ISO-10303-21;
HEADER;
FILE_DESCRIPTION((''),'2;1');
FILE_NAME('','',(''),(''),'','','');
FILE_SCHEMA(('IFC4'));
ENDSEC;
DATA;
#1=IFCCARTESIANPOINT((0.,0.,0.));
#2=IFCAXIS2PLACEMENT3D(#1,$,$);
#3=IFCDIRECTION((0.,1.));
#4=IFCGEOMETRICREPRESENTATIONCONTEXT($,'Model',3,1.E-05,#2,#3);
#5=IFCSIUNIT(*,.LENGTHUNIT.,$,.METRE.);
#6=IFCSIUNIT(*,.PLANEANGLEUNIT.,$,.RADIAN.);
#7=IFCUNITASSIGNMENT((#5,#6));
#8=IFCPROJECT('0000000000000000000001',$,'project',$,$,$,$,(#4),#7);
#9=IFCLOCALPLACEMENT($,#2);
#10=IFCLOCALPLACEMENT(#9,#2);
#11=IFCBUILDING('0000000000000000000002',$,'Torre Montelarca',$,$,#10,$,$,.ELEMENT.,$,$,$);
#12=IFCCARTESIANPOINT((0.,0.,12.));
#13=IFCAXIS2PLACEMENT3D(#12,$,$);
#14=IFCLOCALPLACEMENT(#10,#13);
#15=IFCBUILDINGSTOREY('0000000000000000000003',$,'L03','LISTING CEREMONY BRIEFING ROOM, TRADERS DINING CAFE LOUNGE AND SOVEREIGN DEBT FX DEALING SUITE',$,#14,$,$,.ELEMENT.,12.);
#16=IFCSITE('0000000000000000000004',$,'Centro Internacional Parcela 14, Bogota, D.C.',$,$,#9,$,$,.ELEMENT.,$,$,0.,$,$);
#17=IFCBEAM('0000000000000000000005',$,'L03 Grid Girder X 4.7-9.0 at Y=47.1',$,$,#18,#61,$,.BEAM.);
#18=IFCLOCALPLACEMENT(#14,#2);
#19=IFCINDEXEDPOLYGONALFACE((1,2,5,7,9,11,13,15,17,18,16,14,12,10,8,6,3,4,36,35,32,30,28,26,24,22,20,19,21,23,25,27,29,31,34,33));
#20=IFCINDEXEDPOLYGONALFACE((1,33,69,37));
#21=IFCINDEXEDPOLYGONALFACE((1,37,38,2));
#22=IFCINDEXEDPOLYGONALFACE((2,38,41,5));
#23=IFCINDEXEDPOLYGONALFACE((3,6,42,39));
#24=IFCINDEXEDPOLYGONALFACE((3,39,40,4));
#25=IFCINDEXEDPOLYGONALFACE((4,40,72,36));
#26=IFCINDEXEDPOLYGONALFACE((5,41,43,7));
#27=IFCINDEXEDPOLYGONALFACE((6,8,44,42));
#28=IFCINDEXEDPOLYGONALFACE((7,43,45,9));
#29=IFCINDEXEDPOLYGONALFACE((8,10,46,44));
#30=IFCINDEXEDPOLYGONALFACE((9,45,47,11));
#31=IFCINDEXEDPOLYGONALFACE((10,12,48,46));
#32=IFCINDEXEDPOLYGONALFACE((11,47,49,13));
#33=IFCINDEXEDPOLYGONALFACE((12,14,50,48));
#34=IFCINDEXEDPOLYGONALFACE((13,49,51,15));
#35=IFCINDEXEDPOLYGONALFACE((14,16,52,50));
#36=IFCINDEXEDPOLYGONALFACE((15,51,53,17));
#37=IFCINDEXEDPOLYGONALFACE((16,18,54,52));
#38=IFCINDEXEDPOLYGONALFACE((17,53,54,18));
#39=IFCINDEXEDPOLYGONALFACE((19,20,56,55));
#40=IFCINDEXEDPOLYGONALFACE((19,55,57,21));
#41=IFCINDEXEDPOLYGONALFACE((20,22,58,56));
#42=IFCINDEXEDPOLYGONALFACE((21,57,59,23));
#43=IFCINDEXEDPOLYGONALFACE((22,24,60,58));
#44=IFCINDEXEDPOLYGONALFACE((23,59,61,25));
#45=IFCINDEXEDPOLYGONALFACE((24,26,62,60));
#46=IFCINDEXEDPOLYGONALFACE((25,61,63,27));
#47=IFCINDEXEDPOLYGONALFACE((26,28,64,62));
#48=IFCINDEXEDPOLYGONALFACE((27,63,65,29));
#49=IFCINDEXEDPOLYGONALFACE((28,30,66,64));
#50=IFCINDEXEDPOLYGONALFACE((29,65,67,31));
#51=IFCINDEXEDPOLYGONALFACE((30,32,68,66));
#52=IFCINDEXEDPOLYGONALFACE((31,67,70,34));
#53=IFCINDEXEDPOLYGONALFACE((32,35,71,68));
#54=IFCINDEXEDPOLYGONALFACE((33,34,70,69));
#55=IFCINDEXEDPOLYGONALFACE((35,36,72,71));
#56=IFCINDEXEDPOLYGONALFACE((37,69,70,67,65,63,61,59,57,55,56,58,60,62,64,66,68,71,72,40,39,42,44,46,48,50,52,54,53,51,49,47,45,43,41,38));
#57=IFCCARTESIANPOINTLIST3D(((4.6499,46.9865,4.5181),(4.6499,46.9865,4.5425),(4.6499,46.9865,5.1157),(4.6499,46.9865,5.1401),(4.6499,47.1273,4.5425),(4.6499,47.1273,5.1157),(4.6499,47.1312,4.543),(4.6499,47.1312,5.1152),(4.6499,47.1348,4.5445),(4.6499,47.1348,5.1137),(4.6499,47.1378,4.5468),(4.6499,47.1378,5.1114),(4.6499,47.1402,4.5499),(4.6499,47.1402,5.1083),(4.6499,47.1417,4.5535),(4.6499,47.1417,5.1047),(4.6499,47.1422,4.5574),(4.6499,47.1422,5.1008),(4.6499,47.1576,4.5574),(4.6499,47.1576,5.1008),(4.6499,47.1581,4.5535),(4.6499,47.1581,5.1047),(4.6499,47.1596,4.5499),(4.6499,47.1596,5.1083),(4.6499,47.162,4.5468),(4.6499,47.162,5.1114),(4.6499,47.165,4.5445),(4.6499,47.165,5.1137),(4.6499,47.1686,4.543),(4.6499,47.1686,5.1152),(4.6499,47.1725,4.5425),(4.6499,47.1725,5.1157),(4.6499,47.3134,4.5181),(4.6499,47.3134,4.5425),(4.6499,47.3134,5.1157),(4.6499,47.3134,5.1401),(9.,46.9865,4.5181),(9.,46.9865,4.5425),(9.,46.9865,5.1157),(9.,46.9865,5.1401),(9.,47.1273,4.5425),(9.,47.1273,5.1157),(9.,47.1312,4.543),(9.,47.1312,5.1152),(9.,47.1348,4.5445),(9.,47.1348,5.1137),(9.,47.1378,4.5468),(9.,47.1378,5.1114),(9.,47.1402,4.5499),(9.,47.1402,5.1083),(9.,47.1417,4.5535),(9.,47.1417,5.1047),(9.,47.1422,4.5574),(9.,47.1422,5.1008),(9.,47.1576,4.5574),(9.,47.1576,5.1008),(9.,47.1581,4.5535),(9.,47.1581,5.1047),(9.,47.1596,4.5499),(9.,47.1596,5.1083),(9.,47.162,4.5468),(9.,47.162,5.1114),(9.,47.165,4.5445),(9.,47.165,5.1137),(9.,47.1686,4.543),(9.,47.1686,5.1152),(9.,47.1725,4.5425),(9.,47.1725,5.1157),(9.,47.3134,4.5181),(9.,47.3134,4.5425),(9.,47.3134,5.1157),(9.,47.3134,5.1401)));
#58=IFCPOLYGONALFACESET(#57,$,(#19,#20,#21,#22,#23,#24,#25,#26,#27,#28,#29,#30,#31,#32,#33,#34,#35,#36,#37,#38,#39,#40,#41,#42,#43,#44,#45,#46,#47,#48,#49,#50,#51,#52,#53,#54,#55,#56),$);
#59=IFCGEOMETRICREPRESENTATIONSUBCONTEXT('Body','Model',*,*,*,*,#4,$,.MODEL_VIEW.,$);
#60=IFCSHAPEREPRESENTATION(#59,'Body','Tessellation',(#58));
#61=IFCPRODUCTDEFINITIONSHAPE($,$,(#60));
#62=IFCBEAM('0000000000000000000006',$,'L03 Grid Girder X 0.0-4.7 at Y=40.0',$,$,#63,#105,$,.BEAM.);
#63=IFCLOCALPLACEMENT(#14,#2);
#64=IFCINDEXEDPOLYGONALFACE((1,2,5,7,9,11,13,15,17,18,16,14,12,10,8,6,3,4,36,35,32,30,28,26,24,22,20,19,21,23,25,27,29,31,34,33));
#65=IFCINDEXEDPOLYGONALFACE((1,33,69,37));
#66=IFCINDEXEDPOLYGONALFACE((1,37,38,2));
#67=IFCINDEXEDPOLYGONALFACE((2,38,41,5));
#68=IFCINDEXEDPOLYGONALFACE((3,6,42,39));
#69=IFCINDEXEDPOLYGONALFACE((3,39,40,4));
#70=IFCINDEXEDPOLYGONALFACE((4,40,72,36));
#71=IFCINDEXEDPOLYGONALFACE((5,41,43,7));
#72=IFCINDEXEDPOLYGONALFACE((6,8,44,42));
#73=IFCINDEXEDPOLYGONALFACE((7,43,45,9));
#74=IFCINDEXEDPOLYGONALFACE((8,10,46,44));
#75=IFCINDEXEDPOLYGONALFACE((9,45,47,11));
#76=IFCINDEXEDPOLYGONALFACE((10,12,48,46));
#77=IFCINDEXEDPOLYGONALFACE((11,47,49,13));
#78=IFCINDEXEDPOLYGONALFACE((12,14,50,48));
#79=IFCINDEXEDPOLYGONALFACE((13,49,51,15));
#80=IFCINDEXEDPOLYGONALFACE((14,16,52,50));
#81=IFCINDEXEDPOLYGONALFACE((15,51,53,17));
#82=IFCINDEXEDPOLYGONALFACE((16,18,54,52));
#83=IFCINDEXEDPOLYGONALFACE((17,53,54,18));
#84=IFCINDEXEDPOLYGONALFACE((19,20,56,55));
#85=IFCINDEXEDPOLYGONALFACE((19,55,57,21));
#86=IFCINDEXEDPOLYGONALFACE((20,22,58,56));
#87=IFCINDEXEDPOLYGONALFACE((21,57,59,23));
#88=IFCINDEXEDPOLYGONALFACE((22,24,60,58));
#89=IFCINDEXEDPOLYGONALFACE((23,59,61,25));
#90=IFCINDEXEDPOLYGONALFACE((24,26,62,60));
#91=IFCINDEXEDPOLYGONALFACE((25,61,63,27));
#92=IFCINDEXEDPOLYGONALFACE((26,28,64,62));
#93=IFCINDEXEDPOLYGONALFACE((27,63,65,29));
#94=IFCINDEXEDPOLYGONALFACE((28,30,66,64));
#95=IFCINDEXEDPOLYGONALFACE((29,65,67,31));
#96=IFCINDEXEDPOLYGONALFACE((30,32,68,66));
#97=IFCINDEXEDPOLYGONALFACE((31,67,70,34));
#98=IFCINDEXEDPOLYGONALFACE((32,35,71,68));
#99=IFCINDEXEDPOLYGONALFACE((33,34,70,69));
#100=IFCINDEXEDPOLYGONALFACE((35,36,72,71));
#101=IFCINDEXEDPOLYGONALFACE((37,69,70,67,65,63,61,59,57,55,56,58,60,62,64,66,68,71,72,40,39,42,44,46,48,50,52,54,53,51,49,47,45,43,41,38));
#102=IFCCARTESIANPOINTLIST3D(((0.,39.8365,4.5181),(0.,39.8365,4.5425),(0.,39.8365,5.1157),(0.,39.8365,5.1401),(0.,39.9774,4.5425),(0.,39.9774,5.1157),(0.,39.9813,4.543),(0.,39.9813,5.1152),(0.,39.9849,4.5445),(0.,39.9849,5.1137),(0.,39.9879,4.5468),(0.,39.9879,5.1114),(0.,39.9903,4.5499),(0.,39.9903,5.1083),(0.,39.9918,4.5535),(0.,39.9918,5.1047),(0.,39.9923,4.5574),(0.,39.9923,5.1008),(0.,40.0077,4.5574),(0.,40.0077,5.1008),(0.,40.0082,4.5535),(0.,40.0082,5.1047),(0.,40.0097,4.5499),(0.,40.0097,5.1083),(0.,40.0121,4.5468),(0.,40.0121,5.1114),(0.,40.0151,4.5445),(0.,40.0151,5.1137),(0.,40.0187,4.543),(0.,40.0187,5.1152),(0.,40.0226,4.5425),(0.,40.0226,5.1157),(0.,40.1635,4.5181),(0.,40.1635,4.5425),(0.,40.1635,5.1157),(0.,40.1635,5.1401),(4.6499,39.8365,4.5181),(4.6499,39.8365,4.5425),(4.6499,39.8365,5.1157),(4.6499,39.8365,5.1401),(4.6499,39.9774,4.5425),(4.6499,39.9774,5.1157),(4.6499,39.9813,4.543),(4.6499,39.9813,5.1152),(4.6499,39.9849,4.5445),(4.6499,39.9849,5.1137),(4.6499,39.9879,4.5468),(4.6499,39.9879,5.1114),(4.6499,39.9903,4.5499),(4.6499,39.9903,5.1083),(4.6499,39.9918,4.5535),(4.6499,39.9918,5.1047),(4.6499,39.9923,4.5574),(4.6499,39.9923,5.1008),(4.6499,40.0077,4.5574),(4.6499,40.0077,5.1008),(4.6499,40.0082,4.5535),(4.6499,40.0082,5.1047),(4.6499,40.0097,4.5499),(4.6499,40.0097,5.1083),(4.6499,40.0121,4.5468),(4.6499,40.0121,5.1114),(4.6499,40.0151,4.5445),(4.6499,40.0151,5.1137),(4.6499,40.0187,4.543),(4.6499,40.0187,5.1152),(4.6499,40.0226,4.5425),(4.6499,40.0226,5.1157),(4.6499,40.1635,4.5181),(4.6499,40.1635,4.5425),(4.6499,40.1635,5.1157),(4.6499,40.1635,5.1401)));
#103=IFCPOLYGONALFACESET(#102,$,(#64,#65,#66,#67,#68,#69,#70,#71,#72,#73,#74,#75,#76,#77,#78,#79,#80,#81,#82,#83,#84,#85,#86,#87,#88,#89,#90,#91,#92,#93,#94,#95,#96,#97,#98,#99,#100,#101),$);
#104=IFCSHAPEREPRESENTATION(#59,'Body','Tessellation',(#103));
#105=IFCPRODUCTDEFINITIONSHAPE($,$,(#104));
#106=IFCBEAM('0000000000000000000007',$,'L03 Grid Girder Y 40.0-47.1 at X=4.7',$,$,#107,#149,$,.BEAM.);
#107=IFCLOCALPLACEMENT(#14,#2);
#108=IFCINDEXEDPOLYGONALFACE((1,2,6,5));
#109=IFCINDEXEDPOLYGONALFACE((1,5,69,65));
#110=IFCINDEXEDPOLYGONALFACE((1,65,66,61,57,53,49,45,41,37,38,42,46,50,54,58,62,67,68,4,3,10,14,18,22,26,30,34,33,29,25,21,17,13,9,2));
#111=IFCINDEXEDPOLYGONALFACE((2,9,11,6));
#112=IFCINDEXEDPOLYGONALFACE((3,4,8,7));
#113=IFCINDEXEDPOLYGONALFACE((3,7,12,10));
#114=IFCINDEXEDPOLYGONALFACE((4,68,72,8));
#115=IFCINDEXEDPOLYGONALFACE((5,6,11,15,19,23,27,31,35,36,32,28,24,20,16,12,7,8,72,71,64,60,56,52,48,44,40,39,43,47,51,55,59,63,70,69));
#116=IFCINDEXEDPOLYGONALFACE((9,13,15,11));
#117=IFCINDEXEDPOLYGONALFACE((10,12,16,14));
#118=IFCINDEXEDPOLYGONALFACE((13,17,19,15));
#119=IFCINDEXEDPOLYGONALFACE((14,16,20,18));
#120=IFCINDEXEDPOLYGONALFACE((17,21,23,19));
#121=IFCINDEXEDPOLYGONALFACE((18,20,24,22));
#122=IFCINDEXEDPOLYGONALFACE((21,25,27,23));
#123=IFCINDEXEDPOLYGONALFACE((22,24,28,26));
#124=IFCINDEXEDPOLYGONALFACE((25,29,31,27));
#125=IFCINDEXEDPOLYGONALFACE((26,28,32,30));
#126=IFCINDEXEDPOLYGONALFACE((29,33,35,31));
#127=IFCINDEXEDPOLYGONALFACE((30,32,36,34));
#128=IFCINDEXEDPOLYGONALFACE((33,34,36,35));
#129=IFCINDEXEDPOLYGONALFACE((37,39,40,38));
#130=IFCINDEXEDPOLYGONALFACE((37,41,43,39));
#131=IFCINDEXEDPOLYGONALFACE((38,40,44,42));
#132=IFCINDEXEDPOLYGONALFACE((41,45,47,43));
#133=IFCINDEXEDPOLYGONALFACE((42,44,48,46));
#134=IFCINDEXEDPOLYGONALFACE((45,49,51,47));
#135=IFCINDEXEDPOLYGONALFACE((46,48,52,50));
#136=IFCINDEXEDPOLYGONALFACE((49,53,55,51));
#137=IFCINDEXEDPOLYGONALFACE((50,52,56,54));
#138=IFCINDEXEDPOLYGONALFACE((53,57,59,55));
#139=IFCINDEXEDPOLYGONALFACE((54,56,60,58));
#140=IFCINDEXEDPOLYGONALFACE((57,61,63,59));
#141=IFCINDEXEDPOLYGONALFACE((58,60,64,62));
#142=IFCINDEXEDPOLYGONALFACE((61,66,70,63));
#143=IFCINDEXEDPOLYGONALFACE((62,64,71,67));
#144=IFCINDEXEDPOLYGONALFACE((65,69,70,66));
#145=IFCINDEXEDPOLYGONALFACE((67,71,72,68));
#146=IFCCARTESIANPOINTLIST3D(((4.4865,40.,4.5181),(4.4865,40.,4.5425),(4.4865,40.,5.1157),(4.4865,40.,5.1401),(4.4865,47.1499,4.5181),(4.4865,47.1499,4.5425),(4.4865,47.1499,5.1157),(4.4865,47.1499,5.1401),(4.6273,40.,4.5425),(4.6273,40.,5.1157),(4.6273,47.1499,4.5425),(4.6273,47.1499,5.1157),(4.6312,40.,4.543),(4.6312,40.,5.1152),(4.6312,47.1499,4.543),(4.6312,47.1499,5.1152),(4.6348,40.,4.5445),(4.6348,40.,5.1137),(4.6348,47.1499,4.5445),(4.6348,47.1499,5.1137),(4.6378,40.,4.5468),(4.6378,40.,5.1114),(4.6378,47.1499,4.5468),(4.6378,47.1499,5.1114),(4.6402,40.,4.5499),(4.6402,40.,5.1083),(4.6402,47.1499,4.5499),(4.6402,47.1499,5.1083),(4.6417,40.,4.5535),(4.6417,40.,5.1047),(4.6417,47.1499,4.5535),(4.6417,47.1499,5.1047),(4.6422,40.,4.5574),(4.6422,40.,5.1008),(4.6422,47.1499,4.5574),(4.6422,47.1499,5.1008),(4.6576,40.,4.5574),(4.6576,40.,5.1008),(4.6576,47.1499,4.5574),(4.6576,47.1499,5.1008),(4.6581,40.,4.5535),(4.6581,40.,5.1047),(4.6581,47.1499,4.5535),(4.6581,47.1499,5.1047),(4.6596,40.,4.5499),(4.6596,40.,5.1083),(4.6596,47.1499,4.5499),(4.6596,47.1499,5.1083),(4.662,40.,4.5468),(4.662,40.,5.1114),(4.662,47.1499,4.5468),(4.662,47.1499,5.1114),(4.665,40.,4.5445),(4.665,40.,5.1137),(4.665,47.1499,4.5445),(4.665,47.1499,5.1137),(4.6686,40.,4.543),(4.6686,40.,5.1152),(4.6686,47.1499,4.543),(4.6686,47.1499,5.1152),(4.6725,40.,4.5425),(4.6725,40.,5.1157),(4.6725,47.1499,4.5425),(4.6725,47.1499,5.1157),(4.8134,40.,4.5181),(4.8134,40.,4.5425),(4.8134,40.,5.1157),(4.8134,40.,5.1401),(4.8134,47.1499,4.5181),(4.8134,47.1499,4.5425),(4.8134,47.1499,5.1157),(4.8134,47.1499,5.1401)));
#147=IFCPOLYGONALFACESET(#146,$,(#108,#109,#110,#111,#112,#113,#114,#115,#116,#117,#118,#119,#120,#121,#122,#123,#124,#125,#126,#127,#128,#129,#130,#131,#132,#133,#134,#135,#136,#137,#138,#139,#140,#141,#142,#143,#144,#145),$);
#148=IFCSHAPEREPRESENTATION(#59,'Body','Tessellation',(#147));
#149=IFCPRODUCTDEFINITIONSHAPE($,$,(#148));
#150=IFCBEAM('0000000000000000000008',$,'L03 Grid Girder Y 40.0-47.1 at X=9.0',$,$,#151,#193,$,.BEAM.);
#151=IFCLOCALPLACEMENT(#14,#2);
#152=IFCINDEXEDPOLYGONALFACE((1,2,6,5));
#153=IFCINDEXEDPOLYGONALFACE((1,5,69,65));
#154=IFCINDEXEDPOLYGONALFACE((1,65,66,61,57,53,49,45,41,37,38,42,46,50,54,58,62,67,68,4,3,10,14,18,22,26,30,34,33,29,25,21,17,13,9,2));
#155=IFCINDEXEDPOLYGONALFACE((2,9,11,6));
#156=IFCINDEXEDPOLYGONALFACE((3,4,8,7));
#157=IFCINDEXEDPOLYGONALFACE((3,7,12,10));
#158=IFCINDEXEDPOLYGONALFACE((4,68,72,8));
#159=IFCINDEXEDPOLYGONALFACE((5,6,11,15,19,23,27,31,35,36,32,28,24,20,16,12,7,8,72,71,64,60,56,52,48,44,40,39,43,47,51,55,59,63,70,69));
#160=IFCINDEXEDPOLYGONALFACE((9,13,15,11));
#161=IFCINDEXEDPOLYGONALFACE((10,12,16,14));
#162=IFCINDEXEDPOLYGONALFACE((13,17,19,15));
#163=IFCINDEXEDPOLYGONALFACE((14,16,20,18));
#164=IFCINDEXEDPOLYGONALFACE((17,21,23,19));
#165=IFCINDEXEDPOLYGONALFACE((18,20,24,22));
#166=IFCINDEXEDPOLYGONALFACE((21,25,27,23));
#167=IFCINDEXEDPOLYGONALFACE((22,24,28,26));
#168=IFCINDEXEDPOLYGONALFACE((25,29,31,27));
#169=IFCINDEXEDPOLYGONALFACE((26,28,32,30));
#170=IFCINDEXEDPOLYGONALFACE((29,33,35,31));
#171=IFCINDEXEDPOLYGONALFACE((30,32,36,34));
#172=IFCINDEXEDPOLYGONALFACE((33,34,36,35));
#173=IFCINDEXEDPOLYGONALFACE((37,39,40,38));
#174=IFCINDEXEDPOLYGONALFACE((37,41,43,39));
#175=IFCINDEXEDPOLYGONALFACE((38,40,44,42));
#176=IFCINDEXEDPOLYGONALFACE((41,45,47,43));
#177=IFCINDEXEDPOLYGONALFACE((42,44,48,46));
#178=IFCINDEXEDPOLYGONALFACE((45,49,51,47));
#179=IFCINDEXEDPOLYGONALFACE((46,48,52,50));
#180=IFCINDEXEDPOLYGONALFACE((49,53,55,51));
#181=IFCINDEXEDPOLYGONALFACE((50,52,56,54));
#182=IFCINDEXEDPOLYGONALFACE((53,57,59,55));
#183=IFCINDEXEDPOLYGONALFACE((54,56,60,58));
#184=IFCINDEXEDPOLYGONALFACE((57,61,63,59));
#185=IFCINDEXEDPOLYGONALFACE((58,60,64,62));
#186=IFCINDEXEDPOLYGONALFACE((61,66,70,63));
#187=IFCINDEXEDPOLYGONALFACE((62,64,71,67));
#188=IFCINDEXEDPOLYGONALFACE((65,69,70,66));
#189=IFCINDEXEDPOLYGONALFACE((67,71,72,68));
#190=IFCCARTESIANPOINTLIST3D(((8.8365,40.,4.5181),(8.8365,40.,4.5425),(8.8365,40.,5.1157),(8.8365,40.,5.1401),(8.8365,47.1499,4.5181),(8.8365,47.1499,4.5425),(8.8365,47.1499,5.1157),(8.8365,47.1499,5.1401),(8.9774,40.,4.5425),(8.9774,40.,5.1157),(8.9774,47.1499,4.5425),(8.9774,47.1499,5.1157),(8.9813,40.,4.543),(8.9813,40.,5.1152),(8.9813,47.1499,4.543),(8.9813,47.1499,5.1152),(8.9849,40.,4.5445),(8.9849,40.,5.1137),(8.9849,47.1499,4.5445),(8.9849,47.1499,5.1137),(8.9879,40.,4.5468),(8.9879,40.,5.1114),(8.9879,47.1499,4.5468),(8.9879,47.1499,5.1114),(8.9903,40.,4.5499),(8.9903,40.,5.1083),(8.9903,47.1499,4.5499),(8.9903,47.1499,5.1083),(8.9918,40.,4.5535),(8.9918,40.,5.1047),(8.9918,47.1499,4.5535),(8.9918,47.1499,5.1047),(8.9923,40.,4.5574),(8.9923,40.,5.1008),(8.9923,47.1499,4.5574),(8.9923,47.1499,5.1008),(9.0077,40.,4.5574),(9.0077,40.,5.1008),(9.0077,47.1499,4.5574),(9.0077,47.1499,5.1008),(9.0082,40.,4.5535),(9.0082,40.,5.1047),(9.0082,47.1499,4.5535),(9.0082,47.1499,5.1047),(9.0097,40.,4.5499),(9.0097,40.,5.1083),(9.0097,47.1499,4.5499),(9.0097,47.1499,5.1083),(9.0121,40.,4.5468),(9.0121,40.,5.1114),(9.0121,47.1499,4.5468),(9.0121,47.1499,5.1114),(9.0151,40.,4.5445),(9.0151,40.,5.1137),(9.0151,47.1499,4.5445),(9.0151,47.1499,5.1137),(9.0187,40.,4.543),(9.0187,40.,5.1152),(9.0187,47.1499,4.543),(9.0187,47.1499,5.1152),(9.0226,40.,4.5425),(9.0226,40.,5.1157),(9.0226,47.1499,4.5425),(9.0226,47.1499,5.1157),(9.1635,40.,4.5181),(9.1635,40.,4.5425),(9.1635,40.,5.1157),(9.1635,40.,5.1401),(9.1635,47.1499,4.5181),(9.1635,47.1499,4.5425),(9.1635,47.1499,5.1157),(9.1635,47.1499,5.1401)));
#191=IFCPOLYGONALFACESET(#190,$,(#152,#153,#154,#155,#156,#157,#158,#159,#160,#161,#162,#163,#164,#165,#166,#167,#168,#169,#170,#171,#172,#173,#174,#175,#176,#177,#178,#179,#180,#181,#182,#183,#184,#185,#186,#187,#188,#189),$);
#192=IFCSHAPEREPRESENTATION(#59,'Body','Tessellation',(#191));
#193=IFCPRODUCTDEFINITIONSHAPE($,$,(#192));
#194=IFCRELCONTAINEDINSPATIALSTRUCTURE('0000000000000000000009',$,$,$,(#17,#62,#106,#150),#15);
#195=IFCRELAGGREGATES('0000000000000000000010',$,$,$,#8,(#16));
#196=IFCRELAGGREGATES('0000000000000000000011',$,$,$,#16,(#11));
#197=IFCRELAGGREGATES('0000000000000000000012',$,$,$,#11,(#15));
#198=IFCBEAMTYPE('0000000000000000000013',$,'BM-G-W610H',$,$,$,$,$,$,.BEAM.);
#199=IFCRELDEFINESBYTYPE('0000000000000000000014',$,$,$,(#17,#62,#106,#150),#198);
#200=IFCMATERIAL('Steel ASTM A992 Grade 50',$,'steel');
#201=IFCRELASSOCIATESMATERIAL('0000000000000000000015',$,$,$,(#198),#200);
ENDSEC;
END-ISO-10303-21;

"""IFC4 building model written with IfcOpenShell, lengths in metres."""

from ifc_helpers import new_model, si_unit, direction, frame, origin, origin_2d, place, context, subcontext, project, spatial, i_section, extrude, source, transform, mapped, material, material_profile, profile_set, type_object, element, save


model = new_model("IFC4")

# Units and contexts
model_context = context("Model", 3, precision=1e-05, world=origin(), true_north=direction((0.0, 1.0)))
body_context = subcontext(model_context, "Body", "Model", "MODEL_VIEW")
ifc_project = project(units=[si_unit("LENGTHUNIT", "METRE"), si_unit("PLANEANGLEUNIT", "RADIAN")], contexts=[model_context])

# Site, building, storey
site_placement = place(None, origin())
site = spatial("IfcSite", under=ifc_project, at=site_placement, Name="Centro Internacional Parcela 14, Bogota, D.C.", CompositionType="ELEMENT", RefElevation=0.0)
building_placement = place(site_placement, origin())
building = spatial("IfcBuilding", under=site, at=building_placement, Name="Torre Montelarca", CompositionType="ELEMENT")
storey_placement = place(building_placement, frame((0.0, 0.0, 12.0)))
storey = spatial("IfcBuildingStorey", under=building, at=storey_placement, Name="L03", Description="LISTING CEREMONY BRIEFING ROOM, TRADERS DINING CAFE LOUNGE AND SOVEREIGN DEBT FX DEALING SUITE", CompositionType="ELEMENT", Elevation=12.0)

# Beams
ifc_material_1 = material(Name="Steel ASTM A992 Grade 50", Category="steel")
ifc_material_profile_1 = material_profile(ifc_material_1, i_section(OverallWidth=0.3269, OverallDepth=0.6221, WebThickness=0.0154, FlangeThickness=0.0244, FilletRadius=0.0149, at=origin_2d()), Name="W610X195", Category="steel")
ifc_profile_set_1 = profile_set([ifc_material_profile_1], Name="Steel ASTM A992 Grade 50")
beam_type_1 = type_object("IfcBeamType", Name="BM-G-W610H", PredefinedType="BEAM", material=ifc_profile_set_1)
shared_shape_1 = source(origin(), body_context, "Body", "SweptSolid", [
    extrude(i_section(OverallWidth=0.3269, OverallDepth=0.6221, WebThickness=0.0154, FlangeThickness=0.0244, FilletRadius=0.0149, at=origin_2d()), origin(), (0.0, 0.0, 1.0), 4.3501),
])
for number, where, z_axis, x_axis, name in (
    (1, (4.6499, 47.1499, 4.8291), (1.0, 0.0, 0.0), (0.0, 1.0, 0.0), "L03 Grid Girder X 4.7-9.0 at Y=47.1"),
):
    element("IfcBeam", number, at=place(storey_placement, frame(where, z_axis=z_axis, x_axis=x_axis)), inside=storey, type_object=beam_type_1, Name=name, PredefinedType="BEAM", context=body_context, shape_type="MappedRepresentation", body=[
        mapped(shared_shape_1, transform((0.0, 0.0, 0.0), scale=1.0)),
    ])
shared_shape_2 = source(origin(), body_context, "Body", "SweptSolid", [
    extrude(i_section(OverallWidth=0.3269, OverallDepth=0.6221, WebThickness=0.0154, FlangeThickness=0.0244, FilletRadius=0.0149, at=origin_2d()), origin(), (0.0, 0.0, 1.0), 4.6499),
])
beam_1_placement = place(storey_placement, frame((0.0, 40.0, 4.8291), z_axis=(1.0, 0.0, 0.0), x_axis=(0.0, 1.0, 0.0)))
element("IfcBeam", 2, at=beam_1_placement, inside=storey, type_object=beam_type_1, Name="L03 Grid Girder X 0.0-4.7 at Y=40.0", PredefinedType="BEAM", context=body_context, shape_type="MappedRepresentation", body=[
    mapped(shared_shape_2, transform((0.0, 0.0, 0.0), scale=1.0)),
])
shared_shape_3 = source(origin(), body_context, "Body", "SweptSolid", [
    extrude(i_section(OverallWidth=0.3269, OverallDepth=0.6221, WebThickness=0.0154, FlangeThickness=0.0244, FilletRadius=0.0149, at=origin_2d()), origin(), (0.0, 0.0, 1.0), 7.1499),
])
for number, where, z_axis, x_axis, name in (
    (3, (4.6499, 40.0, 4.8291), (0.0, 1.0, 0.0), (-1.0, 0.0, 0.0), "L03 Grid Girder Y 40.0-47.1 at X=4.7"),
    (4, (9.0, 40.0, 4.8291), (0.0, 1.0, 0.0), (-1.0, 0.0, 0.0), "L03 Grid Girder Y 40.0-47.1 at X=9.0"),
):
    element("IfcBeam", number, at=place(storey_placement, frame(where, z_axis=z_axis, x_axis=x_axis)), inside=storey, type_object=beam_type_1, Name=name, PredefinedType="BEAM", context=body_context, shape_type="MappedRepresentation", body=[
        mapped(shared_shape_3, transform((0.0, 0.0, 0.0), scale=1.0)),
    ])

save(model, "model.ifc")
